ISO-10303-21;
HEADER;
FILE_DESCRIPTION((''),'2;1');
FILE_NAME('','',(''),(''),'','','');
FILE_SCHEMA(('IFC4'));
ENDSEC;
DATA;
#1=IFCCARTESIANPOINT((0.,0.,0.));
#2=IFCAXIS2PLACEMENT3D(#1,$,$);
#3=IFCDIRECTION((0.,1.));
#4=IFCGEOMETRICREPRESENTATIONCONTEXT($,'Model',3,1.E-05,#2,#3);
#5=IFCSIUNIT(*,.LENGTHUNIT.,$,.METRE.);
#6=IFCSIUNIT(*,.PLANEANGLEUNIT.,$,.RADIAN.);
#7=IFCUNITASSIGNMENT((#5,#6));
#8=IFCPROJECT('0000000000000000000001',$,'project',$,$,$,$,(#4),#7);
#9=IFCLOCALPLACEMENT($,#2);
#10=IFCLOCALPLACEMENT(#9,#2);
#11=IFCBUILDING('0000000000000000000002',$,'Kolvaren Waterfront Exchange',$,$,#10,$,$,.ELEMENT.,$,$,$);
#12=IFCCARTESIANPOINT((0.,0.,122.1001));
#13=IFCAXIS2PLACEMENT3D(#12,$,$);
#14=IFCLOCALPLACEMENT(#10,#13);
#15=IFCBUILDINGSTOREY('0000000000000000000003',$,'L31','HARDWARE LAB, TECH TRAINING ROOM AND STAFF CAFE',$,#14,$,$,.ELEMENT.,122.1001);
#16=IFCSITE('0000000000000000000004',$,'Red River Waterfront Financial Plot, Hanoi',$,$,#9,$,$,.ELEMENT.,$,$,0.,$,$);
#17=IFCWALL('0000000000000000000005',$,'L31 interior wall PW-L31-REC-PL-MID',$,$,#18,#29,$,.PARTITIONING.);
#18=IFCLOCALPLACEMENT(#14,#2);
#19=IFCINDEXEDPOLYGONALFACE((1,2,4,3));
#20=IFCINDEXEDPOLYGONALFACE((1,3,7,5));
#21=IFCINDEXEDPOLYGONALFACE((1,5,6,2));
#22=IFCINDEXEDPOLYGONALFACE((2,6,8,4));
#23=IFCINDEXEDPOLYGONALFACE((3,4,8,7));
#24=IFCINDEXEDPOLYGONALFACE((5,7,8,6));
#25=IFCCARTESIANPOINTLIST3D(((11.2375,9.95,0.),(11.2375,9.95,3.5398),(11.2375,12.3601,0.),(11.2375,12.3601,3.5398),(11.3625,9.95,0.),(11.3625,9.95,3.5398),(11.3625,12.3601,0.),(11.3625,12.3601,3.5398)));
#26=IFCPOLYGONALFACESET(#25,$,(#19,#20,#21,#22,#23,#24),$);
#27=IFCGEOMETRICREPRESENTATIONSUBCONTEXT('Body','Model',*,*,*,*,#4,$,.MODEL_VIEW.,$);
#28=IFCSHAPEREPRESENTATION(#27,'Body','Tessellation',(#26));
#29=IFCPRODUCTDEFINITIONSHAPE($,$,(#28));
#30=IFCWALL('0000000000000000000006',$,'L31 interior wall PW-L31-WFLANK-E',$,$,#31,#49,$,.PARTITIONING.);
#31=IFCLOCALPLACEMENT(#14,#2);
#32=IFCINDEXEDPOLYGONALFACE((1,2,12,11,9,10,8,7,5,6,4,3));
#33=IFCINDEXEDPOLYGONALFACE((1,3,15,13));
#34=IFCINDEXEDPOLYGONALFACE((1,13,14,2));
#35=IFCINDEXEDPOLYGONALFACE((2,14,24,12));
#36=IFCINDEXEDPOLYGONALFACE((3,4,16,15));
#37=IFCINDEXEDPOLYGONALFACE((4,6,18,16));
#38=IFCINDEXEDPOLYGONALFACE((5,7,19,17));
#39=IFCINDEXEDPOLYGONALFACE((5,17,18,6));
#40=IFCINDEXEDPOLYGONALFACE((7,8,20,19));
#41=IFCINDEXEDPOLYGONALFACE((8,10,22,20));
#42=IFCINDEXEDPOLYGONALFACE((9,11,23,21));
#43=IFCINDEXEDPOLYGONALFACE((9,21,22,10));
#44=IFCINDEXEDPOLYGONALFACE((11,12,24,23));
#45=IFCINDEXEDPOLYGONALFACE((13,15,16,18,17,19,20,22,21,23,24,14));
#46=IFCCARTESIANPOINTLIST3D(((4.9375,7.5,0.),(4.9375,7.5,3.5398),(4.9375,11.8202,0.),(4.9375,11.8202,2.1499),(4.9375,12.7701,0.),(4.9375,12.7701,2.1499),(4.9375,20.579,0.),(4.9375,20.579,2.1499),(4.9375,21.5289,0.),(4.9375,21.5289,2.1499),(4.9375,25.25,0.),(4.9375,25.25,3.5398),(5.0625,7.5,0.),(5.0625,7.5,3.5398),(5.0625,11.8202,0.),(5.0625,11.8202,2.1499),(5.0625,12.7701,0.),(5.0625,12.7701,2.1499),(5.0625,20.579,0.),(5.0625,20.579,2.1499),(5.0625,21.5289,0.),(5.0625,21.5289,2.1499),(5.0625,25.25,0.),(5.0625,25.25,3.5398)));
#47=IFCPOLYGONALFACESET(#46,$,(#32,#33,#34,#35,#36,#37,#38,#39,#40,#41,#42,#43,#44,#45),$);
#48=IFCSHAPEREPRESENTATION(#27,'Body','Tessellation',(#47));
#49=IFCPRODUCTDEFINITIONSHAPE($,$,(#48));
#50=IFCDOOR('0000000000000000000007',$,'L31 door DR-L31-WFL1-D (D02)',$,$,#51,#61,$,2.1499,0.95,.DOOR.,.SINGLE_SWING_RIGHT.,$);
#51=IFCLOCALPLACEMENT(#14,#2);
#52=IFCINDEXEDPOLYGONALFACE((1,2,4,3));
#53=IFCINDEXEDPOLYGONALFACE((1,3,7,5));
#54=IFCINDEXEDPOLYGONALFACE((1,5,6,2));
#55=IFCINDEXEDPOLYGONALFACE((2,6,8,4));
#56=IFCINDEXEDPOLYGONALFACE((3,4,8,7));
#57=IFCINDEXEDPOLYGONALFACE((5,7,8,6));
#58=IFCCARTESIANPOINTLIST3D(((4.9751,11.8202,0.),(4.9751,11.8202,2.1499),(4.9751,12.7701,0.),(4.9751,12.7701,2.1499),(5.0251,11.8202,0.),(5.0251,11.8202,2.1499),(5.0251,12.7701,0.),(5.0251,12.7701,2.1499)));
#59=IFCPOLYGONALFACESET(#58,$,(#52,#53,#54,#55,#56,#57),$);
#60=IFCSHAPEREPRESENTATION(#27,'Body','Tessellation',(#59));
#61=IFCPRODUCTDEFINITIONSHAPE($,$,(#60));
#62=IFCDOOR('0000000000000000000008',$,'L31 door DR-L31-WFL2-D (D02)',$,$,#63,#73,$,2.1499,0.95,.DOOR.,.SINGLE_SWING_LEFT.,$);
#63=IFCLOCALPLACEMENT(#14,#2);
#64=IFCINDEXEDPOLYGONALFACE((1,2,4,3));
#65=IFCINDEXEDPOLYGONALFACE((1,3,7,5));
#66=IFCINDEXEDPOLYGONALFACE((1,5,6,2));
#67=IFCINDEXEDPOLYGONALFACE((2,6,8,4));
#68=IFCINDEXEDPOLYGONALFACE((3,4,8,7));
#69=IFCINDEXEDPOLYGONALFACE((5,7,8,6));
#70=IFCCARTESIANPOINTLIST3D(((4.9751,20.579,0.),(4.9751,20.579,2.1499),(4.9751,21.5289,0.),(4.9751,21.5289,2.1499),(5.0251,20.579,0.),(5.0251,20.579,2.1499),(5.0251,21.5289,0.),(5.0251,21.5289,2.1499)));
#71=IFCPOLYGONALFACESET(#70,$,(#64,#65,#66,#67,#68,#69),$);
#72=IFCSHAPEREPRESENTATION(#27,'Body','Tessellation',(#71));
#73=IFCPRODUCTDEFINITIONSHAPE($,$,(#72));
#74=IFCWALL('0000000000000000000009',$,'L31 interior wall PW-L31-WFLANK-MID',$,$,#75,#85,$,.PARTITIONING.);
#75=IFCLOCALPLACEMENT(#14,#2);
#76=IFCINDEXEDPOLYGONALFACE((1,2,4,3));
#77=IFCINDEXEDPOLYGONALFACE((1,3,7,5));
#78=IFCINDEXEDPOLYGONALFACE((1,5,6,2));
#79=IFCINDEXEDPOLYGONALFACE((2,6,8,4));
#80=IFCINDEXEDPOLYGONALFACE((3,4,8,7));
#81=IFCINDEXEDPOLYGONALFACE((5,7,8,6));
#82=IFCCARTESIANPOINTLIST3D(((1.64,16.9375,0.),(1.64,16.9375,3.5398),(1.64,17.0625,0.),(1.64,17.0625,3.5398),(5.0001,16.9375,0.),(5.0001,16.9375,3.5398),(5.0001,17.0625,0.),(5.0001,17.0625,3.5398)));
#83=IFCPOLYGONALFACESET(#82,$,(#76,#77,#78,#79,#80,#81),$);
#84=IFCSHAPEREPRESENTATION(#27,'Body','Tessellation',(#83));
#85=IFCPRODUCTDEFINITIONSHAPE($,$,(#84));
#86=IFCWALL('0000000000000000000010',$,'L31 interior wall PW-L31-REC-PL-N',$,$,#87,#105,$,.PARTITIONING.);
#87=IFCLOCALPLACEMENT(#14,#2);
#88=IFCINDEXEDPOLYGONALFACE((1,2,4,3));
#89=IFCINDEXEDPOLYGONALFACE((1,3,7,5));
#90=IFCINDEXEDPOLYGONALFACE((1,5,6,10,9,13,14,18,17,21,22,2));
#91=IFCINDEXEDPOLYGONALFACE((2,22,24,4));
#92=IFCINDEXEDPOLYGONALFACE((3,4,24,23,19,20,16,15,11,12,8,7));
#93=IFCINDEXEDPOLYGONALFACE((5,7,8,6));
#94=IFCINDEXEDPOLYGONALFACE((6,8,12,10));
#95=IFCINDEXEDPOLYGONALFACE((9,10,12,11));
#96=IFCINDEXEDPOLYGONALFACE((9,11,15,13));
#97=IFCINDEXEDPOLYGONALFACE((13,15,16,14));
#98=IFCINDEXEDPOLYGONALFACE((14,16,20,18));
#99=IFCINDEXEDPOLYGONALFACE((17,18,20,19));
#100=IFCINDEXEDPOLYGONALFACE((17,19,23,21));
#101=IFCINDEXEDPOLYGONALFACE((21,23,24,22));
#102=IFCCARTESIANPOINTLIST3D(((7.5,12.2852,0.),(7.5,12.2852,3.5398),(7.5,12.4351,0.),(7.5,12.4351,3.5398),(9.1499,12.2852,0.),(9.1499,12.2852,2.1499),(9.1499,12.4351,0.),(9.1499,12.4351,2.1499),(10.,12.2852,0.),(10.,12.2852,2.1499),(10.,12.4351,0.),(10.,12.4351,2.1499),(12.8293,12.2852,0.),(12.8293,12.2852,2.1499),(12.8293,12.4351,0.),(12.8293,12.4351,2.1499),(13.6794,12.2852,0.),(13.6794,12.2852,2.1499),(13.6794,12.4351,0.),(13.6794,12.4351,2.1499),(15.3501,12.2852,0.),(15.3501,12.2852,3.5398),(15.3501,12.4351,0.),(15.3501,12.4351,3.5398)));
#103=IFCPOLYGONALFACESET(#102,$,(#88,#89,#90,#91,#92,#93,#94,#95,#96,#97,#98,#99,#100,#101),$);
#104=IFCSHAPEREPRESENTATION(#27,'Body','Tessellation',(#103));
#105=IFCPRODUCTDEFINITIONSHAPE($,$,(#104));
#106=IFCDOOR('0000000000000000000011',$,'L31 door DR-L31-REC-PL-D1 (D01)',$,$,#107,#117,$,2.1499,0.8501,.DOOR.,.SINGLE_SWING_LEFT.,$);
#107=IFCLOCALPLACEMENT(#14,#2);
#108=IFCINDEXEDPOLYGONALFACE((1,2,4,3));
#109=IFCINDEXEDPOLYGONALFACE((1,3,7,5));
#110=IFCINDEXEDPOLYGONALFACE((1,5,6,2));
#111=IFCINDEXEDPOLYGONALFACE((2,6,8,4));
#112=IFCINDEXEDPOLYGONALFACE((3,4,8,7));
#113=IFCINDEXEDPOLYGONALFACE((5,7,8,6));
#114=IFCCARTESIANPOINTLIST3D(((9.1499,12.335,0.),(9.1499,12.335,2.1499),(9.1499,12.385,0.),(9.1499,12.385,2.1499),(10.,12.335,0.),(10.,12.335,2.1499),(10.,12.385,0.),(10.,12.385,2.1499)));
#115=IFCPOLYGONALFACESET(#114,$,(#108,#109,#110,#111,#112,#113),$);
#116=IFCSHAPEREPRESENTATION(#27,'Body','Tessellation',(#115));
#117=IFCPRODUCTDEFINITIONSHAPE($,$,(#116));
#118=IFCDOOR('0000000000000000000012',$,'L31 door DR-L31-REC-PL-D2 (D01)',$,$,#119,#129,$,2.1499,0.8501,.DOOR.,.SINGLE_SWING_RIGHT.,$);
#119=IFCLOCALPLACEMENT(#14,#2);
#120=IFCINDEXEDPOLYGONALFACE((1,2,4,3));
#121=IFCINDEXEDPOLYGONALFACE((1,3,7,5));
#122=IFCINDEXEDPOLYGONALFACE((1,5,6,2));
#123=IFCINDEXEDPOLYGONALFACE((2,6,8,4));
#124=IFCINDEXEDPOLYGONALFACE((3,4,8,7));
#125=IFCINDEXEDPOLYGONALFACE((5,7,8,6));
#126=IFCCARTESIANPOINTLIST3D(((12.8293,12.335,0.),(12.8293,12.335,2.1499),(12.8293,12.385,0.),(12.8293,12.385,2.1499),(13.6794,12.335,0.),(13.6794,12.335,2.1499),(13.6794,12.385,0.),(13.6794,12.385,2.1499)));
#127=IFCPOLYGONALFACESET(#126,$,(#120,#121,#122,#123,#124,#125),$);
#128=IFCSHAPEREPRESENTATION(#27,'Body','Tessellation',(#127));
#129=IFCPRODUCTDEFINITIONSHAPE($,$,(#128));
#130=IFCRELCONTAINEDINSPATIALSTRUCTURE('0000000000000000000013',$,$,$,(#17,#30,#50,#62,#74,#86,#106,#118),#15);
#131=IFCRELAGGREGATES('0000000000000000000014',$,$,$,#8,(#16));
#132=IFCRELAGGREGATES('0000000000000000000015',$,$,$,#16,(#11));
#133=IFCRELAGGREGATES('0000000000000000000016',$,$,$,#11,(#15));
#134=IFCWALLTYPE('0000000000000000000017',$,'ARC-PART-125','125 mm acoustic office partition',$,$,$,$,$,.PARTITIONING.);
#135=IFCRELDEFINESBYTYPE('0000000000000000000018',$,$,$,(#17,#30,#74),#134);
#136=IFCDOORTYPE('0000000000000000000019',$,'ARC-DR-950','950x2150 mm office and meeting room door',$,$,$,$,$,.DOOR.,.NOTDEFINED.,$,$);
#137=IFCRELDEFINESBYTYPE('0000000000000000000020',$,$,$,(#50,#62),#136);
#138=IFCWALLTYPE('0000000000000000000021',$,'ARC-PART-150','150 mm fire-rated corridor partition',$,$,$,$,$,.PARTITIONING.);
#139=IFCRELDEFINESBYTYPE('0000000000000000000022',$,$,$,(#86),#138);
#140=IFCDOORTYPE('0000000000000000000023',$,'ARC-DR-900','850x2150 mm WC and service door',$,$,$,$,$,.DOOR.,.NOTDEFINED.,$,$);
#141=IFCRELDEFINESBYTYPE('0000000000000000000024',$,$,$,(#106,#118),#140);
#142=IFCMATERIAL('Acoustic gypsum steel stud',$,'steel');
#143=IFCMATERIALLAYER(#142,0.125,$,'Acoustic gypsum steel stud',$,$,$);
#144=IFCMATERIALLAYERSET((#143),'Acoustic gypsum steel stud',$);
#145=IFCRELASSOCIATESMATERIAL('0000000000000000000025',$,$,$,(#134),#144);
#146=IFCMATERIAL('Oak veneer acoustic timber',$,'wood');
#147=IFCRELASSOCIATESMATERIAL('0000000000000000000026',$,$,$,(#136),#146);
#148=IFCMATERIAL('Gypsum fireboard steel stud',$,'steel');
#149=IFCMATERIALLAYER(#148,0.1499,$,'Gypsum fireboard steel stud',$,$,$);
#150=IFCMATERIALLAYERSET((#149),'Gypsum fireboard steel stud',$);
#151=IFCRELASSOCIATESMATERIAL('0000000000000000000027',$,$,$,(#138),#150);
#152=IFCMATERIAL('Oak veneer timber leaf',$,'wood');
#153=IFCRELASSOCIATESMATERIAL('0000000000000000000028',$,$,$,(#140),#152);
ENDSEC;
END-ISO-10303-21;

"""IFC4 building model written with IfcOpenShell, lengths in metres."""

from ifc_helpers import new_model, si_unit, direction, frame, frame_2d, origin, place, context, subcontext, project, spatial, rectangle, extrude, material, layer, layer_set, type_object, element, fill, save


model = new_model("IFC4")

# Units and contexts
model_context = context("Model", 3, precision=1e-05, world=origin(), true_north=direction((0.0, 1.0)))
body_context = subcontext(model_context, "Body", "Model", "MODEL_VIEW")
ifc_project = project(units=[si_unit("LENGTHUNIT", "METRE"), si_unit("PLANEANGLEUNIT", "RADIAN")], contexts=[model_context])

# Site, building, storey
site_placement = place(None, origin())
site = spatial("IfcSite", under=ifc_project, at=site_placement, Name="Red River Waterfront Financial Plot, Hanoi", CompositionType="ELEMENT", RefElevation=0.0)
building_placement = place(site_placement, origin())
building = spatial("IfcBuilding", under=site, at=building_placement, Name="Kolvaren Waterfront Exchange", CompositionType="ELEMENT")
storey_placement = place(building_placement, frame((0.0, 0.0, 122.1001)))
storey = spatial("IfcBuildingStorey", under=building, at=storey_placement, Name="L31", Description="HARDWARE LAB, TECH TRAINING ROOM AND STAFF CAFE", CompositionType="ELEMENT", Elevation=122.1001)

# Wall
ifc_material_1 = material(Name="Acoustic gypsum steel stud", Category="steel")
ifc_layer_1 = layer(ifc_material_1, 0.125, Name="Acoustic gypsum steel stud")
ifc_layer_set_1 = layer_set([ifc_layer_1], Name="Acoustic gypsum steel stud")
wall_type_1 = type_object("IfcWallType", Name="ARC-PART-125", Description="125 mm acoustic office partition", PredefinedType="PARTITIONING", material=ifc_layer_set_1)
wall_1_placement = place(storey_placement, frame((11.3, 9.95, 0.0), z_axis=(0.0, 0.0, 1.0), x_axis=(0.0, 1.0, 0.0)))
element("IfcWall", 1, at=wall_1_placement, inside=storey, type_object=wall_type_1, Name="L31 interior wall PW-L31-REC-PL-MID", PredefinedType="PARTITIONING", context=body_context, shape_type="SweptSolid", body=[
    extrude(rectangle(XDim=2.4102, YDim=0.125, at=frame_2d((1.2051, 0.0))), origin(), (0.0, 0.0, 1.0), 3.5398),
])

# Wall, openings, doors
wall_2_placement = place(storey_placement, frame((5.0, 7.5, 0.0), z_axis=(0.0, 0.0, 1.0), x_axis=(0.0, 1.0, 0.0)))
wall_2 = element("IfcWall", 2, at=wall_2_placement, inside=storey, type_object=wall_type_1, Name="L31 interior wall PW-L31-WFLANK-E", PredefinedType="PARTITIONING", context=body_context, shape_type="SweptSolid", body=[
    extrude(rectangle(XDim=17.75, YDim=0.125, at=frame_2d((8.875, 0.0))), origin(), (0.0, 0.0, 1.0), 3.5398),
])
opening_1_placement = place(wall_2_placement, frame((4.3201, 0.0, 0.0)))
opening_1 = element("IfcOpeningElement", 3, at=opening_1_placement, cuts=wall_2, PredefinedType="OPENING", context=body_context, shape_type="SweptSolid", body=[
    extrude(rectangle(XDim=0.95, YDim=2.1499, at=frame_2d((0.4751, 1.075))), frame((0.0, 0.0725, 0.0), z_axis=(0.0, -1.0, 0.0), x_axis=(1.0, 0.0, 0.0)), (0.0, 0.0, 1.0), 0.145),
])
opening_2_placement = place(wall_2_placement, frame((13.0789, 0.0, 0.0)))
opening_2 = element("IfcOpeningElement", 4, at=opening_2_placement, cuts=wall_2, PredefinedType="OPENING", context=body_context, shape_type="SweptSolid", body=[
    extrude(rectangle(XDim=0.95, YDim=2.1499, at=frame_2d((0.4751, 1.075))), frame((0.0, 0.0725, 0.0), z_axis=(0.0, -1.0, 0.0), x_axis=(1.0, 0.0, 0.0)), (0.0, 0.0, 1.0), 0.145),
])
ifc_material_2 = material(Name="Oak veneer acoustic timber", Category="wood")
door_type_1 = type_object("IfcDoorType", Name="ARC-DR-950", Description="950x2150 mm office and meeting room door", OperationType="NOTDEFINED", PredefinedType="DOOR", material=ifc_material_2)
door_1_placement = place(opening_1_placement, origin())
door_1 = element("IfcDoor", 5, at=door_1_placement, inside=storey, type_object=door_type_1, Name="L31 door DR-L31-WFL1-D (D02)", OperationType="SINGLE_SWING_RIGHT", OverallHeight=2.1499, OverallWidth=0.95, PredefinedType="DOOR", context=body_context, shape_type="SweptSolid", body=[
    extrude(rectangle(XDim=0.95, YDim=2.1499, at=frame_2d((0.4751, 1.075))), frame((0.0, 0.0249, 0.0), z_axis=(0.0, -1.0, 0.0), x_axis=(1.0, 0.0, 0.0)), (0.0, 0.0, 1.0), 0.05),
])
fill(opening_1, door_1)
door_2_placement = place(opening_2_placement, origin())
door_2 = element("IfcDoor", 6, at=door_2_placement, inside=storey, type_object=door_type_1, Name="L31 door DR-L31-WFL2-D (D02)", OperationType="SINGLE_SWING_LEFT", OverallHeight=2.1499, OverallWidth=0.95, PredefinedType="DOOR", context=body_context, shape_type="SweptSolid", body=[
    extrude(rectangle(XDim=0.95, YDim=2.1499, at=frame_2d((0.4751, 1.075))), frame((0.0, 0.0249, 0.0), z_axis=(0.0, -1.0, 0.0), x_axis=(1.0, 0.0, 0.0)), (0.0, 0.0, 1.0), 0.05),
])
fill(opening_2, door_2)

# Wall
wall_3_placement = place(storey_placement, frame((1.6399, 17.0, 0.0), z_axis=(0.0, 0.0, 1.0), x_axis=(1.0, 0.0, 0.0)))
element("IfcWall", 7, at=wall_3_placement, inside=storey, type_object=wall_type_1, Name="L31 interior wall PW-L31-WFLANK-MID", PredefinedType="PARTITIONING", context=body_context, shape_type="SweptSolid", body=[
    extrude(rectangle(XDim=3.3601, YDim=0.125, at=frame_2d((1.6802, 0.0))), origin(), (0.0, 0.0, 1.0), 3.5398),
])

# Wall, openings, doors
ifc_material_3 = material(Name="Gypsum fireboard steel stud", Category="steel")
ifc_layer_2 = layer(ifc_material_3, 0.1499, Name="Gypsum fireboard steel stud")
ifc_layer_set_2 = layer_set([ifc_layer_2], Name="Gypsum fireboard steel stud")
wall_type_2 = type_object("IfcWallType", Name="ARC-PART-150", Description="150 mm fire-rated corridor partition", PredefinedType="PARTITIONING", material=ifc_layer_set_2)
wall_4_placement = place(storey_placement, frame((7.5, 12.3601, 0.0), z_axis=(0.0, 0.0, 1.0), x_axis=(1.0, 0.0, 0.0)))
wall_4 = element("IfcWall", 8, at=wall_4_placement, inside=storey, type_object=wall_type_2, Name="L31 interior wall PW-L31-REC-PL-N", PredefinedType="PARTITIONING", context=body_context, shape_type="SweptSolid", body=[
    extrude(rectangle(XDim=7.8501, YDim=0.1499, at=frame_2d((3.925, 0.0))), origin(), (0.0, 0.0, 1.0), 3.5398),
])
opening_3_placement = place(wall_4_placement, frame((1.6499, 0.0, 0.0)))
opening_3 = element("IfcOpeningElement", 9, at=opening_3_placement, cuts=wall_4, PredefinedType="OPENING", context=body_context, shape_type="SweptSolid", body=[
    extrude(rectangle(XDim=0.8501, YDim=2.1499, at=frame_2d((0.425, 1.075))), frame((0.0, 0.085, 0.0), z_axis=(0.0, -1.0, 0.0), x_axis=(1.0, 0.0, 0.0)), (0.0, 0.0, 1.0), 0.1699),
])
opening_4_placement = place(wall_4_placement, frame((5.3293, 0.0, 0.0)))
opening_4 = element("IfcOpeningElement", 10, at=opening_4_placement, cuts=wall_4, PredefinedType="OPENING", context=body_context, shape_type="SweptSolid", body=[
    extrude(rectangle(XDim=0.8501, YDim=2.1499, at=frame_2d((0.425, 1.075))), frame((0.0, 0.085, 0.0), z_axis=(0.0, -1.0, 0.0), x_axis=(1.0, 0.0, 0.0)), (0.0, 0.0, 1.0), 0.1699),
])
ifc_material_4 = material(Name="Oak veneer timber leaf", Category="wood")
door_type_2 = type_object("IfcDoorType", Name="ARC-DR-900", Description="850x2150 mm WC and service door", OperationType="NOTDEFINED", PredefinedType="DOOR", material=ifc_material_4)
door_3_placement = place(opening_3_placement, origin())
door_3 = element("IfcDoor", 11, at=door_3_placement, inside=storey, type_object=door_type_2, Name="L31 door DR-L31-REC-PL-D1 (D01)", OperationType="SINGLE_SWING_LEFT", OverallHeight=2.1499, OverallWidth=0.8501, PredefinedType="DOOR", context=body_context, shape_type="SweptSolid", body=[
    extrude(rectangle(XDim=0.8501, YDim=2.1499, at=frame_2d((0.425, 1.075))), frame((0.0, 0.0249, 0.0), z_axis=(0.0, -1.0, 0.0), x_axis=(1.0, 0.0, 0.0)), (0.0, 0.0, 1.0), 0.05),
])
fill(opening_3, door_3)
door_4_placement = place(opening_4_placement, origin())
door_4 = element("IfcDoor", 12, at=door_4_placement, inside=storey, type_object=door_type_2, Name="L31 door DR-L31-REC-PL-D2 (D01)", OperationType="SINGLE_SWING_RIGHT", OverallHeight=2.1499, OverallWidth=0.8501, PredefinedType="DOOR", context=body_context, shape_type="SweptSolid", body=[
    extrude(rectangle(XDim=0.8501, YDim=2.1499, at=frame_2d((0.425, 1.075))), frame((0.0, 0.0249, 0.0), z_axis=(0.0, -1.0, 0.0), x_axis=(1.0, 0.0, 0.0)), (0.0, 0.0, 1.0), 0.05),
])
fill(opening_4, door_4)

save(model, "model.ifc")
